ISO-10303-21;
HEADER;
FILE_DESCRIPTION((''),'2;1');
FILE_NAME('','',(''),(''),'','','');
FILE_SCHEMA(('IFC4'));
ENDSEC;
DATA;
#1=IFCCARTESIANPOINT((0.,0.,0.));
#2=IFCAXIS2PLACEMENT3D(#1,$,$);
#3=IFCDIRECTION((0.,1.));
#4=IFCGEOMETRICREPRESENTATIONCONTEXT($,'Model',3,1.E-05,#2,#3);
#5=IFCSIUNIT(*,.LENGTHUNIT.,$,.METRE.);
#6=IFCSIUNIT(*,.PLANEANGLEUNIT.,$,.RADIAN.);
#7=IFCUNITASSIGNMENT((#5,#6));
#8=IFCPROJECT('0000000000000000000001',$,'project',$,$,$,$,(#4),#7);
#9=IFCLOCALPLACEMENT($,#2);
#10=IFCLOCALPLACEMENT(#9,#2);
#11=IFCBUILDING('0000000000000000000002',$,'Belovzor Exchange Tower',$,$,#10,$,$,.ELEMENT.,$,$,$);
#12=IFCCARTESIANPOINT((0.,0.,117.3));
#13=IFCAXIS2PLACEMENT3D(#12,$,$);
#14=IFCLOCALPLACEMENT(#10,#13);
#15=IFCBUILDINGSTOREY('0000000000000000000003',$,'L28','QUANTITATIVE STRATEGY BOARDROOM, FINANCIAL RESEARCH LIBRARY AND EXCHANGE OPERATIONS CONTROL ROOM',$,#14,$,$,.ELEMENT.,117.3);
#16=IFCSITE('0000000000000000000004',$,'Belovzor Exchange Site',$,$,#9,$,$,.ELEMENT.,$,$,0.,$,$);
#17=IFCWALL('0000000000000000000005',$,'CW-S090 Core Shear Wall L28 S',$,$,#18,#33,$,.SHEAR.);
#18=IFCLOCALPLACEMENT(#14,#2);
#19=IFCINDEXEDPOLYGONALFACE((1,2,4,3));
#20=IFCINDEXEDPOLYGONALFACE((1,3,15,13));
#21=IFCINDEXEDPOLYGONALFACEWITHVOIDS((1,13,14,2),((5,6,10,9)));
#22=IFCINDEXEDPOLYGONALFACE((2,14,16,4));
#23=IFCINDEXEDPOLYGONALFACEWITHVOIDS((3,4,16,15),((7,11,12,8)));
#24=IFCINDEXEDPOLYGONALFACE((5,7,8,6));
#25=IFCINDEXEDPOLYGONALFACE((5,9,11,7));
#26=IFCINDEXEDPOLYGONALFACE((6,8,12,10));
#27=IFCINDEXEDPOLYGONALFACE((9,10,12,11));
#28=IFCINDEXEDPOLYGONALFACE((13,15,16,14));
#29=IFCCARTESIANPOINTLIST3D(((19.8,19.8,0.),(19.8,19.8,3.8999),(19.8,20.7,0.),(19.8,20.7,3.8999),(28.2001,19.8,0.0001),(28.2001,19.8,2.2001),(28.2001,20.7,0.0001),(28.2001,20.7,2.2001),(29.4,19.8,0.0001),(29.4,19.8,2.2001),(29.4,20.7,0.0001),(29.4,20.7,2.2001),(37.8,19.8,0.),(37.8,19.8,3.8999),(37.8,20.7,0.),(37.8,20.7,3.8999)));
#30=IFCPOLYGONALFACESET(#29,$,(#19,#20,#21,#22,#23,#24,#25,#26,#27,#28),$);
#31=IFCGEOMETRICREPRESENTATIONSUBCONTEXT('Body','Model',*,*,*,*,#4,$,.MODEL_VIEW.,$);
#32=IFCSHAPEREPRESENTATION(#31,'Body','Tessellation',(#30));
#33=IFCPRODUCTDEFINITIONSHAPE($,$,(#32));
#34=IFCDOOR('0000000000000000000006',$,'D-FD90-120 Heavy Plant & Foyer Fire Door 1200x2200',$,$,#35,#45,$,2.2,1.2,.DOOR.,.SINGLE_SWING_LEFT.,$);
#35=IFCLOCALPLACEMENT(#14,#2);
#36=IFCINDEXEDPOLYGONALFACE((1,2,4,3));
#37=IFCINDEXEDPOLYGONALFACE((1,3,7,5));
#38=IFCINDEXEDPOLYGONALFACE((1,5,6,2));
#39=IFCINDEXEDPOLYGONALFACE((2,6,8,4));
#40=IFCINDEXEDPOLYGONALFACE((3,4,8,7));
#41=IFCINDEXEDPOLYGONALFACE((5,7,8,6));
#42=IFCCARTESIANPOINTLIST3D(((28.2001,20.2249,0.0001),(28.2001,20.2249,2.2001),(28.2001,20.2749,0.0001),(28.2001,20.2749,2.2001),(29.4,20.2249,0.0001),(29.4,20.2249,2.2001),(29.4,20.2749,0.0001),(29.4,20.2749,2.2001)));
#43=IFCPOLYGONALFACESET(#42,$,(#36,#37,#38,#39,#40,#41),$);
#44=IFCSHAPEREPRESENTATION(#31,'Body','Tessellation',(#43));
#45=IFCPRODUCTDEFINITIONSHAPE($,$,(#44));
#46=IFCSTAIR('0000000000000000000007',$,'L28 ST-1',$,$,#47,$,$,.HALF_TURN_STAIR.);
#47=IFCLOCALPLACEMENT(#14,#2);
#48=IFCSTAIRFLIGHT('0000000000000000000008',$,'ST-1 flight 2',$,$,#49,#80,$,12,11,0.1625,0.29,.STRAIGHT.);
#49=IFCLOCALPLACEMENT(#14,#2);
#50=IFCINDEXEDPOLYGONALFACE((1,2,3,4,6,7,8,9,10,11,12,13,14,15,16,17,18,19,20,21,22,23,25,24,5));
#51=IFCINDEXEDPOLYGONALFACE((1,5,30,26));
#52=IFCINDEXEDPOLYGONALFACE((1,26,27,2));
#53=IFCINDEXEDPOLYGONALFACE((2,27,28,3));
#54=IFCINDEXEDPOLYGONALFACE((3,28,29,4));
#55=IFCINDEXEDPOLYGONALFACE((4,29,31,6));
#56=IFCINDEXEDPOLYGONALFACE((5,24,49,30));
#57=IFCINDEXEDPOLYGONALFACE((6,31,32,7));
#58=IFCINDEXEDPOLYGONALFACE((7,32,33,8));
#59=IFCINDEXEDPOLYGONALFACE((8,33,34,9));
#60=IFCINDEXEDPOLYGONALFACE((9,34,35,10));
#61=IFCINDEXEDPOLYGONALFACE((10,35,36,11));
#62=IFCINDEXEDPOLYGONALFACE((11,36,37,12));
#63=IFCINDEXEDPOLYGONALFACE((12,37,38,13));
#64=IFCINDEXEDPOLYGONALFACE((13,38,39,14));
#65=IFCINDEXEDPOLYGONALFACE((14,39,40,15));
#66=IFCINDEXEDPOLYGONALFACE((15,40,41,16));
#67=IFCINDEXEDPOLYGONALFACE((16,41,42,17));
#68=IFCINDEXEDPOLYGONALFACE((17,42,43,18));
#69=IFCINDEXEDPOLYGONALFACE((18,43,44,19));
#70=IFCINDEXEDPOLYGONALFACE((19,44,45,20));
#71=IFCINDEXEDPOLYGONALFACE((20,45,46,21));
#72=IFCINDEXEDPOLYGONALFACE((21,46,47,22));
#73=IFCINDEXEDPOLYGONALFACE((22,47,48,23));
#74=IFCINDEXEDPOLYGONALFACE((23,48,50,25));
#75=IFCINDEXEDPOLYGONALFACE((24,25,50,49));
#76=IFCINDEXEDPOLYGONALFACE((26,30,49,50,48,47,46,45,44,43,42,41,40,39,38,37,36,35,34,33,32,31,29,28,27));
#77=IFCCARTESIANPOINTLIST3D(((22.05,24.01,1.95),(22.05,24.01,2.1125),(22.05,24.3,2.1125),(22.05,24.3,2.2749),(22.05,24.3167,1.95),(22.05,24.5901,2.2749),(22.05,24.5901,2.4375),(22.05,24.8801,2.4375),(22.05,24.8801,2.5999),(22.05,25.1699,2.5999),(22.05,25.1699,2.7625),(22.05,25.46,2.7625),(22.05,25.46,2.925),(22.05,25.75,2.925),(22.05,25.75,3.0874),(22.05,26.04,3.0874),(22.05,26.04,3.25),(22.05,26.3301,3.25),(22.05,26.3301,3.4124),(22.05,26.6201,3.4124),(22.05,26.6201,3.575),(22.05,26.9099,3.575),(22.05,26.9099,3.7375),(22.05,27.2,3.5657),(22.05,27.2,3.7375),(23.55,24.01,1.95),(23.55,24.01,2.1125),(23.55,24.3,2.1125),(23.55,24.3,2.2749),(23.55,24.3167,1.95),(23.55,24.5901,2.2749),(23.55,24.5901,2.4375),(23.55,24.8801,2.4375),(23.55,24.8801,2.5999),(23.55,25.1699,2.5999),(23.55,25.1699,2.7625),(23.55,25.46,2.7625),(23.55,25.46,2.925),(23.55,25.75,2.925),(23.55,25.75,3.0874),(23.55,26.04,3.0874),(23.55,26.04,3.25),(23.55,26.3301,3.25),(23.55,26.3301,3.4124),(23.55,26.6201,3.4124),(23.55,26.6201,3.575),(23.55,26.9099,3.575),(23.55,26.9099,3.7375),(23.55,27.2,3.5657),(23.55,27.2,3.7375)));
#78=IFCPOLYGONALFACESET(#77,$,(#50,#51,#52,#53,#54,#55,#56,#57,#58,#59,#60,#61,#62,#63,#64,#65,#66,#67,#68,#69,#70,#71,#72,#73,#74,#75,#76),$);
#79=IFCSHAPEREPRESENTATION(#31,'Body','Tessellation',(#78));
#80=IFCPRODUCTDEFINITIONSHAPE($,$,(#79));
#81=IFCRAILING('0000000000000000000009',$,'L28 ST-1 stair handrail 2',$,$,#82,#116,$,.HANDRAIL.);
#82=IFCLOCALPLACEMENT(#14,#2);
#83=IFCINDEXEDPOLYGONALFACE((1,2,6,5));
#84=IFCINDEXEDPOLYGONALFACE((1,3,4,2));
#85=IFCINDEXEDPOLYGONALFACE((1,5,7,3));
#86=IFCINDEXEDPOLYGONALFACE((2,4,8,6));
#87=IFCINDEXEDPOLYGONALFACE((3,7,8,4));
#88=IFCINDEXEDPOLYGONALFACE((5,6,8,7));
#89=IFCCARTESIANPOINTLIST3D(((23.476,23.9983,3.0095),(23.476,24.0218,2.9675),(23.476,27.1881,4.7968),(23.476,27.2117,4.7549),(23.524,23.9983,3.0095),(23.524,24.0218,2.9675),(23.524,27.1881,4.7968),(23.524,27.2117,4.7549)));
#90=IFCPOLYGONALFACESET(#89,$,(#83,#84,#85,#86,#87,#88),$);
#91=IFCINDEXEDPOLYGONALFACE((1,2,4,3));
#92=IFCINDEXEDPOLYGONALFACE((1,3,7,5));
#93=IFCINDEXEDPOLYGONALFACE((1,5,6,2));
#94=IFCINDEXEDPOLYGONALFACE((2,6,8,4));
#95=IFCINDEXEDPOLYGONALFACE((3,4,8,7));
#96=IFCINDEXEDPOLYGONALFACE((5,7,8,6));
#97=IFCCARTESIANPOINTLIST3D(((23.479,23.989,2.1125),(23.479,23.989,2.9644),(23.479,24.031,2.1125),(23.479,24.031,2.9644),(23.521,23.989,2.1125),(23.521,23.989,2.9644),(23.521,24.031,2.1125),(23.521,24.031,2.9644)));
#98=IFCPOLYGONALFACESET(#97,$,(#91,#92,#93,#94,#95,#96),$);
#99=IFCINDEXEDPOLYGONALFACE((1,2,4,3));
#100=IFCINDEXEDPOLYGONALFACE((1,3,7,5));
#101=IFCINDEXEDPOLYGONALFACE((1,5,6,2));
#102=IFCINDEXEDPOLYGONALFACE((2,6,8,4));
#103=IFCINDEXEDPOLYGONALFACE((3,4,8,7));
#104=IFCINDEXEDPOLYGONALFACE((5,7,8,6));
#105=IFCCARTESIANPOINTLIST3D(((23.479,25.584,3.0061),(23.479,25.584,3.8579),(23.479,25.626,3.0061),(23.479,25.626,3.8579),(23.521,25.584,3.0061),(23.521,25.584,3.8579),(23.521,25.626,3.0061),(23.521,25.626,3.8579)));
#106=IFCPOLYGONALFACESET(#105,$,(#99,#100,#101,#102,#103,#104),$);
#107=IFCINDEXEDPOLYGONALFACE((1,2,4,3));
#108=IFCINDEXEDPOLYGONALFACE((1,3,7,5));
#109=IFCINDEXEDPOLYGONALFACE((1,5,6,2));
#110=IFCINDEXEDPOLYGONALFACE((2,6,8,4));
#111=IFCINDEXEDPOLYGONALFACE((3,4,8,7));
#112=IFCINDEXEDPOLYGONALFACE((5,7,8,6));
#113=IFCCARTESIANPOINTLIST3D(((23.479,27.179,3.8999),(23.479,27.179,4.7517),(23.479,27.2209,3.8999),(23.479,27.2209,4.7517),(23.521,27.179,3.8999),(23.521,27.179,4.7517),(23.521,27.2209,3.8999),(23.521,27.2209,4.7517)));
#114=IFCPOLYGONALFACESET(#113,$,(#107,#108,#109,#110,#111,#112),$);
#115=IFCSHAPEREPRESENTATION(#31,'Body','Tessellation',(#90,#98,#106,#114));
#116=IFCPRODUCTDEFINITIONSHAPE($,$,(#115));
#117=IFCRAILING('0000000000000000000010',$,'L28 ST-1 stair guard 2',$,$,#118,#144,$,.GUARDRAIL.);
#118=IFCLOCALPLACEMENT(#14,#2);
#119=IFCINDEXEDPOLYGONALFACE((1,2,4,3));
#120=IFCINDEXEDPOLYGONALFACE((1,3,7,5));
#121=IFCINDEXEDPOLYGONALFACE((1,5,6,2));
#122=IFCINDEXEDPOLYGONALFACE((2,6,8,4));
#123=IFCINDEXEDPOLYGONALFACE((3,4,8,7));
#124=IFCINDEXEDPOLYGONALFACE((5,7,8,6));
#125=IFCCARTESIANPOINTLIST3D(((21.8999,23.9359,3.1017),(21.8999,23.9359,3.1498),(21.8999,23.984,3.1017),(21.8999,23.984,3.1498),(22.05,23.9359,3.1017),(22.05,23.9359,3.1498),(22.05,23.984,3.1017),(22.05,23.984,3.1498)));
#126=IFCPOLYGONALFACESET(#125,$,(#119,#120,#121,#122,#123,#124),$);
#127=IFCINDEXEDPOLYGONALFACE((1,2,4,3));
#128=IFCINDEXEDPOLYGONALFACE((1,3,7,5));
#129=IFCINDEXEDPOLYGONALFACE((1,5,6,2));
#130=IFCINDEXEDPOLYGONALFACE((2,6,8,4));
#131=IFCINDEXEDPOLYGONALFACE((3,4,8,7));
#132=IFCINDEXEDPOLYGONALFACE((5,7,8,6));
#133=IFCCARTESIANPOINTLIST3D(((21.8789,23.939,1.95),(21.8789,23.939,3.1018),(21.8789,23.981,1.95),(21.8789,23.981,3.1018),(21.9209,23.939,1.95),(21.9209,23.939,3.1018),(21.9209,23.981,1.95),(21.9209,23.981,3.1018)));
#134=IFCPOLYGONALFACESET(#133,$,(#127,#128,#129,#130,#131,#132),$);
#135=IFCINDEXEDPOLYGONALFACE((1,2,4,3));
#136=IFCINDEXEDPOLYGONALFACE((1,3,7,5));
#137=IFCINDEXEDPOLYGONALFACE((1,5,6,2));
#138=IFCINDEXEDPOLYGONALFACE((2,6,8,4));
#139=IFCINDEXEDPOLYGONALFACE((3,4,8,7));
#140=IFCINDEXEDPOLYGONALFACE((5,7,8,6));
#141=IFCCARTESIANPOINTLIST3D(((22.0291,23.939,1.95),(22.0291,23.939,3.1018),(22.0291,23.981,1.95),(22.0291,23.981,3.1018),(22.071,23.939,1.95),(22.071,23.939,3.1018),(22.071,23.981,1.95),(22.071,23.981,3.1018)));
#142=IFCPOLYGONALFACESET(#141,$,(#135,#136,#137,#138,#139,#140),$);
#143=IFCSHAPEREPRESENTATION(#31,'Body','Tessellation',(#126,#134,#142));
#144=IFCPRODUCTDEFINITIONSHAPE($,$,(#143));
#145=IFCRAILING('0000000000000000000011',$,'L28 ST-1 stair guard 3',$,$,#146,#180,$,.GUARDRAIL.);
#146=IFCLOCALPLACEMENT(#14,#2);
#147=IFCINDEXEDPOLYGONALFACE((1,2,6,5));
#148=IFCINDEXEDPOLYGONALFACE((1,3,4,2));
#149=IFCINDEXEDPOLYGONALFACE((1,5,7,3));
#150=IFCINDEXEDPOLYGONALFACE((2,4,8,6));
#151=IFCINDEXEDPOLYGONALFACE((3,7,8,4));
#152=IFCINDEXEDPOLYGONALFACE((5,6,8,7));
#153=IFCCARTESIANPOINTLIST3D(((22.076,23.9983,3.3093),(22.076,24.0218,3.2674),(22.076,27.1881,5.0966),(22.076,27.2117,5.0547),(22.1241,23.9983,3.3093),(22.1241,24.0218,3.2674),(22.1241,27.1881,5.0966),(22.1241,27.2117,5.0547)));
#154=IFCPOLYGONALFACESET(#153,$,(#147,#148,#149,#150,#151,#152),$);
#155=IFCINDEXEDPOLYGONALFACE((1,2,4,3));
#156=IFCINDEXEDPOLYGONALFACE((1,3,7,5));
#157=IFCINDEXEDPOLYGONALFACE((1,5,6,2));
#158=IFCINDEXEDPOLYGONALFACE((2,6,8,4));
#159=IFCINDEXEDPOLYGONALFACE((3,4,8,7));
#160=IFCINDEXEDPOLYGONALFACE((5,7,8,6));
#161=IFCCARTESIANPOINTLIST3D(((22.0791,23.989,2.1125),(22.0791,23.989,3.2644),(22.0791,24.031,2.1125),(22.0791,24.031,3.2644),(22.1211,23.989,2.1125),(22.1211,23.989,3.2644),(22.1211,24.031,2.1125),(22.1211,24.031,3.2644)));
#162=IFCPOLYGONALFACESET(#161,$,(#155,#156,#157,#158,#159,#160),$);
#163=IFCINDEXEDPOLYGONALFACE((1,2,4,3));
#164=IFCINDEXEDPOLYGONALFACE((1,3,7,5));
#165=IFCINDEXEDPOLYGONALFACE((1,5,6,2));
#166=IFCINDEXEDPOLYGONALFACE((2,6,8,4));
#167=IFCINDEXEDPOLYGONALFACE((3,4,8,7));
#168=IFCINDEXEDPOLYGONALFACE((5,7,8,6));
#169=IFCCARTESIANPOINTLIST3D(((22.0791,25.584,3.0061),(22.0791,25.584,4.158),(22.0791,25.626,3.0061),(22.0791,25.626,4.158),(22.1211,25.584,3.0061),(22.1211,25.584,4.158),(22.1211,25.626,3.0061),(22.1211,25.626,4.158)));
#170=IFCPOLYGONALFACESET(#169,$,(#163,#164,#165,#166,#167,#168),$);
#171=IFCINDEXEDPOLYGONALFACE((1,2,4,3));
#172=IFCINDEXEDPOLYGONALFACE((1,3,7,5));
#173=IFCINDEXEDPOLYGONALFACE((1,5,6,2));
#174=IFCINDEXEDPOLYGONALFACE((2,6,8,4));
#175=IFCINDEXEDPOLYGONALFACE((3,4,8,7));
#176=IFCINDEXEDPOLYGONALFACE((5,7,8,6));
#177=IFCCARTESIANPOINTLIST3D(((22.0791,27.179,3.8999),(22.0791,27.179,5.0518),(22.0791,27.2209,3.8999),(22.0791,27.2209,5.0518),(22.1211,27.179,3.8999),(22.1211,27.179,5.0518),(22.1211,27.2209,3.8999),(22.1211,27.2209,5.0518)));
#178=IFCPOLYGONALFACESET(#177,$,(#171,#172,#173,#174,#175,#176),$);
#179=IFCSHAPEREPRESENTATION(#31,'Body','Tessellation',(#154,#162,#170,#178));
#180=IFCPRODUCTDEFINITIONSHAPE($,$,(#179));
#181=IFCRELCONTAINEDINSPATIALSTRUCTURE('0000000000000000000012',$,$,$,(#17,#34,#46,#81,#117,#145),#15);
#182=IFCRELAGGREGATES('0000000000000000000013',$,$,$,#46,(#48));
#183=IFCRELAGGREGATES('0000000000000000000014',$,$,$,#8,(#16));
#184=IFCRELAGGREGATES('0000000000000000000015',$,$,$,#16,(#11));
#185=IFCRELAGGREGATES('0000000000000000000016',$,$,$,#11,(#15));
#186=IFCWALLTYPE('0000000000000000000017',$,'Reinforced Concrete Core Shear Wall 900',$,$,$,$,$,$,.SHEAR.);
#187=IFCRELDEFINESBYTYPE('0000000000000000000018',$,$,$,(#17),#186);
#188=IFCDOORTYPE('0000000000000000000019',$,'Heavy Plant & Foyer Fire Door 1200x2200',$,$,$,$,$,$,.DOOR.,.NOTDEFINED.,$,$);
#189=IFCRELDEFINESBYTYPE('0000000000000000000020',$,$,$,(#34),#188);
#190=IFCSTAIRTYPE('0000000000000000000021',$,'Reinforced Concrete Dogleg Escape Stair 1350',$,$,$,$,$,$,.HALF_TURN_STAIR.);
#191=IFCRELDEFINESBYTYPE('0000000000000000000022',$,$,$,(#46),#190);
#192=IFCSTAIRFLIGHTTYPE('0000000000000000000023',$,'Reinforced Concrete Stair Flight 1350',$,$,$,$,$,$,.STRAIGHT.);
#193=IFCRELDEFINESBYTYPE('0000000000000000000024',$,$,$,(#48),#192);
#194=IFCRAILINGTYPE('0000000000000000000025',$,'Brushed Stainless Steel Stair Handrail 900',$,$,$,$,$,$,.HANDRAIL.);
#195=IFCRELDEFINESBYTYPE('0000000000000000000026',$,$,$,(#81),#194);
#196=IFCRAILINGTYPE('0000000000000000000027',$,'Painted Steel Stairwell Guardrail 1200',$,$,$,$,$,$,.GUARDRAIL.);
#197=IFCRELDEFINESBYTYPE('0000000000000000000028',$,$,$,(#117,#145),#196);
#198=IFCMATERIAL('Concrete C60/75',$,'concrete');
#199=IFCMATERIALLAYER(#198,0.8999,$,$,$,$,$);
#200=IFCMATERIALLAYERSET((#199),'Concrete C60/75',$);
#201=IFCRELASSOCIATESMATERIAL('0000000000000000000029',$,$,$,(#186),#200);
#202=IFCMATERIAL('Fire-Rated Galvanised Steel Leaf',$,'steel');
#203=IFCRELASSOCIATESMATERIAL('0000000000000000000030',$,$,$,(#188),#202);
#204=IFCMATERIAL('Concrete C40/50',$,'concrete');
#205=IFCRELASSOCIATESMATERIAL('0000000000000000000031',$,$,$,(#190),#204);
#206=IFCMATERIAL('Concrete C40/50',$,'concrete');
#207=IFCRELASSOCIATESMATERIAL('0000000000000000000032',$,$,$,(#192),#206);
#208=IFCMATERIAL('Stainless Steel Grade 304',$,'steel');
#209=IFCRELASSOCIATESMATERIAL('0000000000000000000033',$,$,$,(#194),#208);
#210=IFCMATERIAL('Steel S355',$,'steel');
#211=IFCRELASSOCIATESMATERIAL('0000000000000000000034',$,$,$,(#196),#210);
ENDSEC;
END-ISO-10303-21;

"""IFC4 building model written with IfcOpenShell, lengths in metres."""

from ifc_helpers import new_model, si_unit, direction, frame, frame_2d, origin, origin_2d, place, context, subcontext, project, spatial, polyline, rectangle, outline, extrude, material, layer, layer_set, type_object, element, fill, aggregate, save


model = new_model("IFC4")

# Units and contexts
model_context = context("Model", 3, precision=1e-05, world=origin(), true_north=direction((0.0, 1.0)))
body_context = subcontext(model_context, "Body", "Model", "MODEL_VIEW")
ifc_project = project(units=[si_unit("LENGTHUNIT", "METRE"), si_unit("PLANEANGLEUNIT", "RADIAN")], contexts=[model_context])

# Site, building, storey
site_placement = place(None, origin())
site = spatial("IfcSite", under=ifc_project, at=site_placement, Name="Belovzor Exchange Site", CompositionType="ELEMENT", RefElevation=0.0)
building_placement = place(site_placement, origin())
building = spatial("IfcBuilding", under=site, at=building_placement, Name="Belovzor Exchange Tower", CompositionType="ELEMENT")
storey_placement = place(building_placement, frame((0.0, 0.0, 117.3)))
storey = spatial("IfcBuildingStorey", under=building, at=storey_placement, Name="L28", Description="QUANTITATIVE STRATEGY BOARDROOM, FINANCIAL RESEARCH LIBRARY AND EXCHANGE OPERATIONS CONTROL ROOM", CompositionType="ELEMENT", Elevation=117.3)

# Wall, opening, door
ifc_material_1 = material(Name="Concrete C60/75", Category="concrete")
ifc_layer_1 = layer(ifc_material_1, 0.8999)
ifc_layer_set_1 = layer_set([ifc_layer_1], Name="Concrete C60/75")
wall_type_1 = type_object("IfcWallType", Name="Reinforced Concrete Core Shear Wall 900", PredefinedType="SHEAR", material=ifc_layer_set_1)
wall_1_placement = place(storey_placement, frame((19.8, 20.25, 0.0), z_axis=(0.0, 0.0, 1.0), x_axis=(1.0, 0.0, 0.0)))
wall_1 = element("IfcWall", 1, at=wall_1_placement, inside=storey, type_object=wall_type_1, Name="CW-S090 Core Shear Wall L28 S", PredefinedType="SHEAR", context=body_context, shape_type="SweptSolid", body=[
    extrude(rectangle(XDim=18.0, YDim=0.8999, at=frame_2d((9.0, 0.0))), origin(), (0.0, 0.0, 1.0), 3.8999),
])
opening_1_placement = place(wall_1_placement, frame((8.3999, 0.0, 0.0)))
opening_1 = element("IfcOpeningElement", 2, at=opening_1_placement, cuts=wall_1, PredefinedType="OPENING", context=body_context, shape_type="SweptSolid", body=[
    extrude(rectangle(XDim=1.2, YDim=2.2, at=frame_2d((0.6001, 1.1001))), frame((0.0, 0.46, 0.0), z_axis=(0.0, -1.0, 0.0), x_axis=(1.0, 0.0, 0.0)), (0.0, 0.0, 1.0), 0.9199),
])
ifc_material_2 = material(Name="Fire-Rated Galvanised Steel Leaf", Category="steel")
door_type_1 = type_object("IfcDoorType", Name="Heavy Plant & Foyer Fire Door 1200x2200", OperationType="NOTDEFINED", PredefinedType="DOOR", material=ifc_material_2)
door_1_placement = place(opening_1_placement, origin())
door_1 = element("IfcDoor", 3, at=door_1_placement, inside=storey, type_object=door_type_1, Name="D-FD90-120 Heavy Plant & Foyer Fire Door 1200x2200", OperationType="SINGLE_SWING_LEFT", OverallHeight=2.2, OverallWidth=1.2, PredefinedType="DOOR", context=body_context, shape_type="SweptSolid", body=[
    extrude(rectangle(XDim=1.2, YDim=2.2, at=frame_2d((0.6001, 1.1001))), frame((0.0, 0.0249, 0.0), z_axis=(0.0, -1.0, 0.0), x_axis=(1.0, 0.0, 0.0)), (0.0, 0.0, 1.0), 0.05),
])
fill(opening_1, door_1)

# Stair, stair flight
ifc_material_3 = material(Name="Concrete C40/50", Category="concrete")
stair_type = type_object("IfcStairType", Name="Reinforced Concrete Dogleg Escape Stair 1350", PredefinedType="HALF_TURN_STAIR", material=ifc_material_3)
stair_placement = place(storey_placement, origin())
stair = element("IfcStair", 4, at=stair_placement, inside=storey, type_object=stair_type, Name="L28 ST-1", PredefinedType="HALF_TURN_STAIR")
ifc_material_4 = material(Name="Concrete C40/50", Category="concrete")
stair_flight_type = type_object("IfcStairFlightType", Name="Reinforced Concrete Stair Flight 1350", PredefinedType="STRAIGHT", material=ifc_material_4)
stair_flight_placement = place(storey_placement, frame((22.8, 24.01, 1.95), z_axis=(0.0, 0.0, 1.0), x_axis=(0.0, 1.0, 0.0)))
stair_flight = element("IfcStairFlight", 5, at=stair_flight_placement, type_object=stair_flight_type, Name="ST-1 flight 2", NumberOfRisers=12, NumberOfTreads=11, PredefinedType="STRAIGHT", RiserHeight=0.1625, TreadLength=0.29, context=body_context, shape_type="SweptSolid", body=[
    extrude(outline(polyline([(0.0, 0.0), (0.0, 0.1626), (0.29, 0.1626), (0.29, 0.325), (0.5801, 0.325), (0.5801, 0.4875), (0.8701, 0.4875), (0.8701, 0.6499), (1.1599, 0.6499), (1.1599, 0.8125), (1.45, 0.8125), (1.45, 0.9751), (1.74, 0.9751), (1.74, 1.1375), (2.03, 1.1375), (2.03, 1.3), (2.3201, 1.3), (2.3201, 1.4624), (2.6101, 1.4624), (2.6101, 1.625), (2.8999, 1.625), (2.8999, 1.7876), (3.1899, 1.7876), (3.1899, 1.95), (3.1899, 1.6157), (0.3066, 0.0), (0.0, 0.0)])), frame((0.0, 0.75, 0.0), z_axis=(0.0, -1.0, 0.0), x_axis=(1.0, 0.0, 0.0)), (0.0, 0.0, 1.0), 1.5),
])
aggregate(stair, [stair_flight])

# Railings
ifc_material_5 = material(Name="Stainless Steel Grade 304", Category="steel")
railing_type_1 = type_object("IfcRailingType", Name="Brushed Stainless Steel Stair Handrail 900", PredefinedType="HANDRAIL", material=ifc_material_5)
railing_1_placement = place(storey_placement, frame((23.5, 24.01, 2.1125)))
element("IfcRailing", 6, at=railing_1_placement, inside=storey, type_object=railing_type_1, Name="L28 ST-1 stair handrail 2", PredefinedType="HANDRAIL", context=body_context, shape_type="SweptSolid", body=[
    extrude(rectangle(XDim=0.0481, YDim=0.0481, at=origin_2d()), frame((0.0, 0.0, 0.876), z_axis=(0.0, 0.872391, 0.488809), x_axis=(-1.0, 0.0, 0.0)), (0.0, 0.0, 1.0), 3.6565),
    extrude(rectangle(XDim=0.042, YDim=0.042, at=origin_2d()), origin(), (0.0, 0.0, 1.0), 0.8518),
    extrude(rectangle(XDim=0.042, YDim=0.042, at=origin_2d()), frame((0.0, 1.595, 0.8936)), (0.0, 0.0, 1.0), 0.8518),
    extrude(rectangle(XDim=0.042, YDim=0.042, at=origin_2d()), frame((0.0, 3.1899, 1.7874)), (0.0, 0.0, 1.0), 0.8518),
])
ifc_material_6 = material(Name="Steel S355", Category="steel")
railing_type_2 = type_object("IfcRailingType", Name="Painted Steel Stairwell Guardrail 1200", PredefinedType="GUARDRAIL", material=ifc_material_6)
railing_2_placement = place(storey_placement, frame((21.8999, 23.96, 1.95)))
element("IfcRailing", 7, at=railing_2_placement, inside=storey, type_object=railing_type_2, Name="L28 ST-1 stair guard 2", PredefinedType="GUARDRAIL", context=body_context, shape_type="SweptSolid", body=[
    extrude(rectangle(XDim=0.0481, YDim=0.0481, at=origin_2d()), frame((0.0, 0.0, 1.1758), z_axis=(1.0, 0.0, 0.0), x_axis=(0.0, 1.0, 0.0)), (0.0, 0.0, 1.0), 0.1501),
    extrude(rectangle(XDim=0.042, YDim=0.042, at=origin_2d()), origin(), (0.0, 0.0, 1.0), 1.1519),
    extrude(rectangle(XDim=0.042, YDim=0.042, at=origin_2d()), frame((0.1501, 0.0, 0.0)), (0.0, 0.0, 1.0), 1.1519),
])
railing_3_placement = place(storey_placement, frame((22.1001, 24.01, 2.1125)))
element("IfcRailing", 8, at=railing_3_placement, inside=storey, type_object=railing_type_2, Name="L28 ST-1 stair guard 3", PredefinedType="GUARDRAIL", context=body_context, shape_type="SweptSolid", body=[
    extrude(rectangle(XDim=0.0481, YDim=0.0481, at=origin_2d()), frame((0.0, 0.0, 1.1758), z_axis=(0.0, 0.872391, 0.488809), x_axis=(-1.0, 0.0, 0.0)), (0.0, 0.0, 1.0), 3.6565),
    extrude(rectangle(XDim=0.042, YDim=0.042, at=origin_2d()), origin(), (0.0, 0.0, 1.0), 1.1519),
    extrude(rectangle(XDim=0.042, YDim=0.042, at=origin_2d()), frame((0.0, 1.595, 0.8936)), (0.0, 0.0, 1.0), 1.1519),
    extrude(rectangle(XDim=0.042, YDim=0.042, at=origin_2d()), frame((0.0, 3.1899, 1.7874)), (0.0, 0.0, 1.0), 1.1519),
])

save(model, "model.ifc")
